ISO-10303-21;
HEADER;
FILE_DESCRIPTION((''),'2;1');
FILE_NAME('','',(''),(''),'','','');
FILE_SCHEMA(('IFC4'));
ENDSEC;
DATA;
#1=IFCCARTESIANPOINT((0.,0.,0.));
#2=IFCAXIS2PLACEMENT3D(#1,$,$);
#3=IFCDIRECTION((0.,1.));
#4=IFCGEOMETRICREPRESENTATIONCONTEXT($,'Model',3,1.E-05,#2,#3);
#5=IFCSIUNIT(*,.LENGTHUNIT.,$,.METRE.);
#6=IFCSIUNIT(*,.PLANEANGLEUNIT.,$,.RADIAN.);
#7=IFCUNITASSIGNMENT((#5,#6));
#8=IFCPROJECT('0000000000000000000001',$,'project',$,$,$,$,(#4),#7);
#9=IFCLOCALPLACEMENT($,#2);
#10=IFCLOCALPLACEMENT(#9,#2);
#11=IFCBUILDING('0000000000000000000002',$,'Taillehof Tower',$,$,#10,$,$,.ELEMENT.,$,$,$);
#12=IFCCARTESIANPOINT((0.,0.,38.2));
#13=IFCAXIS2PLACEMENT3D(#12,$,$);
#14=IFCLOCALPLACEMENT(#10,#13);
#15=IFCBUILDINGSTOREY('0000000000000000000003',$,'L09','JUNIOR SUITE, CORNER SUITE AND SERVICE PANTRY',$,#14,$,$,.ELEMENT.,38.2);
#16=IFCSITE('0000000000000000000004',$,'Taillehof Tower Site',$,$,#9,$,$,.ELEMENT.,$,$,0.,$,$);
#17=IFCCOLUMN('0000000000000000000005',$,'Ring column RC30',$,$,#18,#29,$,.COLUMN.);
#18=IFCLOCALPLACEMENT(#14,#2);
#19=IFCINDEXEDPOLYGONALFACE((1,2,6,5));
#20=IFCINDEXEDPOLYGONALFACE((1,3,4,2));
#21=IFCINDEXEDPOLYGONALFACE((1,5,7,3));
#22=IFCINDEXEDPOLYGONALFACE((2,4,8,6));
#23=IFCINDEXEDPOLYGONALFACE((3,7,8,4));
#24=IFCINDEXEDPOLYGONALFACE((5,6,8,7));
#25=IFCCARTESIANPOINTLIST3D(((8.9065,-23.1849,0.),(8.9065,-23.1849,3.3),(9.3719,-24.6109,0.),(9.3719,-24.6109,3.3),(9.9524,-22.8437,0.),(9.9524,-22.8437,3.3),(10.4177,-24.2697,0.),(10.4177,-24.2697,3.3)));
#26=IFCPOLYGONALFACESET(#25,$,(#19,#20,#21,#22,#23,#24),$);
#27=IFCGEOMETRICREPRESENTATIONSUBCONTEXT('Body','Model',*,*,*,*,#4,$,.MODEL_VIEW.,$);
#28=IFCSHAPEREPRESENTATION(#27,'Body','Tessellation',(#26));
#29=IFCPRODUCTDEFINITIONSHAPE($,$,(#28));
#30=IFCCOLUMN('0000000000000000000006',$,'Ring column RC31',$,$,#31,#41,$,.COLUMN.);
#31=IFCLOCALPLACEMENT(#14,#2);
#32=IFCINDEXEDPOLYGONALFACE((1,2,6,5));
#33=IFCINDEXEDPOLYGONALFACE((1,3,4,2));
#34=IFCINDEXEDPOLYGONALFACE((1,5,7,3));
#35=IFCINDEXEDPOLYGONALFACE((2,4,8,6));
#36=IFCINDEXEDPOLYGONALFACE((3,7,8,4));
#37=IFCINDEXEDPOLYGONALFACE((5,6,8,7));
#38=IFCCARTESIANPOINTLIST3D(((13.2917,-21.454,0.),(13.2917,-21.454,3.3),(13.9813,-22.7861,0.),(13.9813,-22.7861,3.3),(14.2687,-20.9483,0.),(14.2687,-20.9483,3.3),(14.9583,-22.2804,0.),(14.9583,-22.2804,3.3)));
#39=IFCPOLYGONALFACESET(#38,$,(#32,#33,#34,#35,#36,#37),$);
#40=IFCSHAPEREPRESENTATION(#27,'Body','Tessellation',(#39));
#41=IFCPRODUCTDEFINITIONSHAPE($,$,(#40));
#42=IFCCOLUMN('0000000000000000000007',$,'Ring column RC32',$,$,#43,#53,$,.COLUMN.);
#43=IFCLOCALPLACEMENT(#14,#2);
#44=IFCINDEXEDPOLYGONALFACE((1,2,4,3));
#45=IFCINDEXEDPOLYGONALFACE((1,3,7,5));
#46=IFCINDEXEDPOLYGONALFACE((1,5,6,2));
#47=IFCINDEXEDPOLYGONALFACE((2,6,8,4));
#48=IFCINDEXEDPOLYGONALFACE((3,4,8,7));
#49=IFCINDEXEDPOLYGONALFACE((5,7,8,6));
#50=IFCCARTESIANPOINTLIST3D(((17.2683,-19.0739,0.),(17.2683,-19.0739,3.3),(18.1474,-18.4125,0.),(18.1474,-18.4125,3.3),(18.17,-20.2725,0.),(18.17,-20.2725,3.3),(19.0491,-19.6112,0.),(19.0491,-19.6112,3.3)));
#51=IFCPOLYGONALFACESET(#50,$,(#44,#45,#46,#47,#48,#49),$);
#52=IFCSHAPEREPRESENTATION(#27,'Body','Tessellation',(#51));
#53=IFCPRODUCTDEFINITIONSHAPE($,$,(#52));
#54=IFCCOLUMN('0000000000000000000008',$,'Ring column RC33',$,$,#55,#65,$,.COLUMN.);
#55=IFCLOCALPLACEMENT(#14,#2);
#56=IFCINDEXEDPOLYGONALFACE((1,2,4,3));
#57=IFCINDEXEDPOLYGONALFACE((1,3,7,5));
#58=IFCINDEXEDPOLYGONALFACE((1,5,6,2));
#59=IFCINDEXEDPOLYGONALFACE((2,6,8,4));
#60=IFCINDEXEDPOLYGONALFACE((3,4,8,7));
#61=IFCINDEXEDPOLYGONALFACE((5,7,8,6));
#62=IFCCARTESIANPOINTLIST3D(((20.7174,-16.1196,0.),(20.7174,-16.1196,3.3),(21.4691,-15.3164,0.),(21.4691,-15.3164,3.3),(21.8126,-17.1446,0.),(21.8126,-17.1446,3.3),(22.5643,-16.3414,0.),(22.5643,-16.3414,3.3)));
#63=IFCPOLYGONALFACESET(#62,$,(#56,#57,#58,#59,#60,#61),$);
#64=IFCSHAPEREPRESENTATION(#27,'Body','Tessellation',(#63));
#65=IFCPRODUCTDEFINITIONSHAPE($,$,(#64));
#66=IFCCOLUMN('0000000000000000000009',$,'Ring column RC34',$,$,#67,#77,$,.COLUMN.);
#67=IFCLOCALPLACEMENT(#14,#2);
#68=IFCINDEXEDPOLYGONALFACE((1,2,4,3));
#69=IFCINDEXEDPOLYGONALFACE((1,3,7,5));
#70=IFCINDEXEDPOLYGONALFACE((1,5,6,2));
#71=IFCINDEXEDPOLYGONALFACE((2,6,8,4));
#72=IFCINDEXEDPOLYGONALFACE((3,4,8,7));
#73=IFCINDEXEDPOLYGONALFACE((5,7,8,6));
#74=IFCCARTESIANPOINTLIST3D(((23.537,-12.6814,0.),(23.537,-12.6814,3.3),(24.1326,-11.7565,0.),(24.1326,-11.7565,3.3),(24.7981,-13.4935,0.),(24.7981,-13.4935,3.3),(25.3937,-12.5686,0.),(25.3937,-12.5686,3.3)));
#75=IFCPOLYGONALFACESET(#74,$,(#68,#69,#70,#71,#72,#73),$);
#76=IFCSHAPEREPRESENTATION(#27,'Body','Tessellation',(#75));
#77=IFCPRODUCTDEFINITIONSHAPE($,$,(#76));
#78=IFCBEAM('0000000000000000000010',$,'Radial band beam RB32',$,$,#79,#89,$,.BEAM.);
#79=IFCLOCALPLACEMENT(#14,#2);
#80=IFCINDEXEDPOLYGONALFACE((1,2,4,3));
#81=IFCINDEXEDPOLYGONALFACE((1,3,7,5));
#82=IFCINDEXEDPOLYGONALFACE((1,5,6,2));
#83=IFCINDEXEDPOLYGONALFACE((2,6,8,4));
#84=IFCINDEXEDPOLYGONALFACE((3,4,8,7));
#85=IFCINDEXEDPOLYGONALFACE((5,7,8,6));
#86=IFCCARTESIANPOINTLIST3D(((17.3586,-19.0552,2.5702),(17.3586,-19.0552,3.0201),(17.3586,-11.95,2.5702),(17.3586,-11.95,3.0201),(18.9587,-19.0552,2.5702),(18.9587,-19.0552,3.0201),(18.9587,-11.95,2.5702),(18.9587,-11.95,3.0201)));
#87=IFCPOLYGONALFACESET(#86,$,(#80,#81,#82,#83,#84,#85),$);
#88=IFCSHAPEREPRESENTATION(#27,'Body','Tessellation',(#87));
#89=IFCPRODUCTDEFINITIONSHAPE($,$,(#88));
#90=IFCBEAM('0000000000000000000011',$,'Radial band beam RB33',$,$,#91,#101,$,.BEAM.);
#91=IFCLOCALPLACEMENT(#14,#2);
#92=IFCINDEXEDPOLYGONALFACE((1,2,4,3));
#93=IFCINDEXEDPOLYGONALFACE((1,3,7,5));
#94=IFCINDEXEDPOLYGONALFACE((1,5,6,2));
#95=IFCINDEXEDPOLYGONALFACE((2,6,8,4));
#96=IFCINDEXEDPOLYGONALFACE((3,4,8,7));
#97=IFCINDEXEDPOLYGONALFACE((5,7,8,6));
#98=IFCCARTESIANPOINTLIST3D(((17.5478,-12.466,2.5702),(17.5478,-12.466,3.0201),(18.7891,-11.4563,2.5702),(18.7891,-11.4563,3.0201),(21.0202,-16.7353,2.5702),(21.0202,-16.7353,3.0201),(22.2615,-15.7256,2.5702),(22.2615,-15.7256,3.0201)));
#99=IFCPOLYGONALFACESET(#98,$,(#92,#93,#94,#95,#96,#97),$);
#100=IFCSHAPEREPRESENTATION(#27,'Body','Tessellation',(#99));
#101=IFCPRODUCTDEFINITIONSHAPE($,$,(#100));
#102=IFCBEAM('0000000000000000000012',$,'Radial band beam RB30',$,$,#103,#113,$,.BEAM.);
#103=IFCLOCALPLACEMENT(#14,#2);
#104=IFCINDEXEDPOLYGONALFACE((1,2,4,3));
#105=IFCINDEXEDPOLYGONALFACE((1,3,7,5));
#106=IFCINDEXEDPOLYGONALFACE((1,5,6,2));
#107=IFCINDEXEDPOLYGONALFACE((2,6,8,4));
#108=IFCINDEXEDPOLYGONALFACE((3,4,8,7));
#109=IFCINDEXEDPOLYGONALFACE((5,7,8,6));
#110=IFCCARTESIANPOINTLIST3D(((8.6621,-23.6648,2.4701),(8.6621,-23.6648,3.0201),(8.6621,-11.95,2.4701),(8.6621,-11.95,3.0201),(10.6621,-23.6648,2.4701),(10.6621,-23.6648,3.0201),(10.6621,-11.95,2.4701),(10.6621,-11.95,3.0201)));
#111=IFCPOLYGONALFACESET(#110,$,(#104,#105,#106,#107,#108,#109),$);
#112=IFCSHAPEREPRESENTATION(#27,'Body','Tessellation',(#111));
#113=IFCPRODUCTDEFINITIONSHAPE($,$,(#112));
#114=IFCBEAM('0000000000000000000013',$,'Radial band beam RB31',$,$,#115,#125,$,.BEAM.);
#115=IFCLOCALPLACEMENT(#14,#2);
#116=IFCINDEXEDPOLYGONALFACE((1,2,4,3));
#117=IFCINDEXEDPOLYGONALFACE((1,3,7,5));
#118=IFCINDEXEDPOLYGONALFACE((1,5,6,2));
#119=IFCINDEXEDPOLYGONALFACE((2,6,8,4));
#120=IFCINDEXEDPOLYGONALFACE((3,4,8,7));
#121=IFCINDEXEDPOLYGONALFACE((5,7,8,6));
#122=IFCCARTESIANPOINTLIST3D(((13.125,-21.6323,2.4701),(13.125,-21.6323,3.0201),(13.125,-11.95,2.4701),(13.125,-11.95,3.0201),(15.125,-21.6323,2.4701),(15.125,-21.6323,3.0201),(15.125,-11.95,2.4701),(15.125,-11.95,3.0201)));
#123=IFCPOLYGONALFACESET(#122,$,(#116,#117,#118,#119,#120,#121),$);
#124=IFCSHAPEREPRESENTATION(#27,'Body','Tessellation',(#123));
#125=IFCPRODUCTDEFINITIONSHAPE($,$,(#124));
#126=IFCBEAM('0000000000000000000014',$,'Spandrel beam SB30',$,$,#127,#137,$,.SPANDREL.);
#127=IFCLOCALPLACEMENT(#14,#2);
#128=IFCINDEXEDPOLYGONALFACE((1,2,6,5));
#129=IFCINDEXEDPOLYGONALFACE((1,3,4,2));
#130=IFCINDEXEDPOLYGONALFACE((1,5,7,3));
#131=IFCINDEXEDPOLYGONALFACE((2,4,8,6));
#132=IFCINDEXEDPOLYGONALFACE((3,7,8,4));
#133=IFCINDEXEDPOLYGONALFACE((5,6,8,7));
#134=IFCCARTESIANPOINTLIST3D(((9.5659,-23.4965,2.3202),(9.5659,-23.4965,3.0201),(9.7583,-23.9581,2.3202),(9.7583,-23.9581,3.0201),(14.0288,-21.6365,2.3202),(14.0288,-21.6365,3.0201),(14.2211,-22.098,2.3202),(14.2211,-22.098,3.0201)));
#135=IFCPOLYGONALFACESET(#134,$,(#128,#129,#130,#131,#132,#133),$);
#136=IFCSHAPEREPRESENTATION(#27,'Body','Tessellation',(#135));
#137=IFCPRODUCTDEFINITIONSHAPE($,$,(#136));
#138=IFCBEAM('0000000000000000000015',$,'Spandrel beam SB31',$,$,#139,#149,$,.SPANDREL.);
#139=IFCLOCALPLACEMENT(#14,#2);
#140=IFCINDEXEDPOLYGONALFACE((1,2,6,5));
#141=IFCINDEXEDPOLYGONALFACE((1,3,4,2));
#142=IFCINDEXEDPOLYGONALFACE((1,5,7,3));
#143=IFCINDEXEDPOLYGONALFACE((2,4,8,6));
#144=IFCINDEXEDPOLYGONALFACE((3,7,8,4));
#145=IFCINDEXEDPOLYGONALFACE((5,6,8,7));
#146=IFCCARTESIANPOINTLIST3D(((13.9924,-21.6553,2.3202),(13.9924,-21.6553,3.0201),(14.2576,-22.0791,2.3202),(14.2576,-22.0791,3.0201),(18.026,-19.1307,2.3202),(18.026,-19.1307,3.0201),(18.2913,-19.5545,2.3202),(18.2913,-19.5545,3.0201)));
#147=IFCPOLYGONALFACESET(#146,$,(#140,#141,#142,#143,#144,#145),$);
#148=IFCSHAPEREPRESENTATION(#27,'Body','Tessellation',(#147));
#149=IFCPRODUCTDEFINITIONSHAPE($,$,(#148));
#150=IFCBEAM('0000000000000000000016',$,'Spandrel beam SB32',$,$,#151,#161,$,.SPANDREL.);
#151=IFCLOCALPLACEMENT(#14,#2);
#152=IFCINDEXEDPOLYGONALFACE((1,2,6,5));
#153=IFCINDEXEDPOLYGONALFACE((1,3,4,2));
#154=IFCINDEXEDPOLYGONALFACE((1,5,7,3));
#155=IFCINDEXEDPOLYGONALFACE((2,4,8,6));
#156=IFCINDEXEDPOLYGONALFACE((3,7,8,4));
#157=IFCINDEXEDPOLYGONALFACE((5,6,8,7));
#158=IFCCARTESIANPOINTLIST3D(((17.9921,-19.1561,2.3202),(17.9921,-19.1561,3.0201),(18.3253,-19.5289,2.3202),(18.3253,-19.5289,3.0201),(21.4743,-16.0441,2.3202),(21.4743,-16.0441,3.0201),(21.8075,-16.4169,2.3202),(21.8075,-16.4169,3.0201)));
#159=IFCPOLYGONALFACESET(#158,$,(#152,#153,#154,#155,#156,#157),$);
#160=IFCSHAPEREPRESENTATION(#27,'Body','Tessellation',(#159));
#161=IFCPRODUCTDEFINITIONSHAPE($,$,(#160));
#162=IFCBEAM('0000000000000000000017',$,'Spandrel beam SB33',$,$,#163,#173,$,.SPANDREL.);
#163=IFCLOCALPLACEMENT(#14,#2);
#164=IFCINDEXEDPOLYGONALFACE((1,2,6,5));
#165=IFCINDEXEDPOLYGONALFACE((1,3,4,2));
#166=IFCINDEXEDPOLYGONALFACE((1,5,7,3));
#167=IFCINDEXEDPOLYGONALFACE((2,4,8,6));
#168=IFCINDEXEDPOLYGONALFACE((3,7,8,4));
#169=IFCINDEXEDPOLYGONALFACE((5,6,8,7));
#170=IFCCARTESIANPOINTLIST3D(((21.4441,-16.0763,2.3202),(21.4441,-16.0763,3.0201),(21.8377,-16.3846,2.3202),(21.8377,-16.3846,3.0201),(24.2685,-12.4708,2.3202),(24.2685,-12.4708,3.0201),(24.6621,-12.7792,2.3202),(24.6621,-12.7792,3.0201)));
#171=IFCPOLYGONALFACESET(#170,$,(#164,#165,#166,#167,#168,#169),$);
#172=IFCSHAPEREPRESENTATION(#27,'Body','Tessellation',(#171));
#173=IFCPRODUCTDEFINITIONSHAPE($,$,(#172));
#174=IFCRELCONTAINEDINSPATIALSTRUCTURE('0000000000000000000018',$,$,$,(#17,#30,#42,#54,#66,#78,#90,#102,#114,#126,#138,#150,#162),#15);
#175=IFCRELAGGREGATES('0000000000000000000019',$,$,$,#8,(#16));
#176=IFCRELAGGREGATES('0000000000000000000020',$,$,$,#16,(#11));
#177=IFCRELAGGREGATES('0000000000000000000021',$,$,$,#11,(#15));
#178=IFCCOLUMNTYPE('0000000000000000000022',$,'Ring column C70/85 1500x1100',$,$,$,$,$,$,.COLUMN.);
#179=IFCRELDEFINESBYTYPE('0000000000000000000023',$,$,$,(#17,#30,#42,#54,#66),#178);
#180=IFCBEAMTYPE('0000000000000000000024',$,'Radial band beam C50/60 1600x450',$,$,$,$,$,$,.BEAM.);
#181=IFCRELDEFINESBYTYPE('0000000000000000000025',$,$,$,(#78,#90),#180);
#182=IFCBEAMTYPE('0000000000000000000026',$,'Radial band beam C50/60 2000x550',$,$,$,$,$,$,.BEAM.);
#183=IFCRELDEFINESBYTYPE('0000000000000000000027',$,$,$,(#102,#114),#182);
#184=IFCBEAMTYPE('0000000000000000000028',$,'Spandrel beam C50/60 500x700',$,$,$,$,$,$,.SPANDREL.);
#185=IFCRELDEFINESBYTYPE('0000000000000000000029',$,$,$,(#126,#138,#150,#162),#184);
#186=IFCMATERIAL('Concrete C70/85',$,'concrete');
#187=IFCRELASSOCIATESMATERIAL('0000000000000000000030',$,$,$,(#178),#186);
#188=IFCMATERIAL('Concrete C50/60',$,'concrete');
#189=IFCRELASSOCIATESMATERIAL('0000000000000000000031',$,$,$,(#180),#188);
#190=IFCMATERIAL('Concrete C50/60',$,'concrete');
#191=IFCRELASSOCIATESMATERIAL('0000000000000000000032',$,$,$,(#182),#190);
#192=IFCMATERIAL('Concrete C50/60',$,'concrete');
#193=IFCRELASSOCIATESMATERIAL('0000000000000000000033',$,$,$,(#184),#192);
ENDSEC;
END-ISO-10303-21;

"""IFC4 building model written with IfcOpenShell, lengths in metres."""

from ifc_helpers import new_model, si_unit, direction, frame, origin, origin_2d, place, context, subcontext, project, spatial, rectangle, extrude, material, material_profile, profile_set, type_object, element, save


model = new_model("IFC4")

# Units and contexts
model_context = context("Model", 3, precision=1e-05, world=origin(), true_north=direction((0.0, 1.0)))
body_context = subcontext(model_context, "Body", "Model", "MODEL_VIEW")
ifc_project = project(units=[si_unit("LENGTHUNIT", "METRE"), si_unit("PLANEANGLEUNIT", "RADIAN")], contexts=[model_context])

# Site, building, storey
site_placement = place(None, origin())
site = spatial("IfcSite", under=ifc_project, at=site_placement, Name="Taillehof Tower Site", CompositionType="ELEMENT", RefElevation=0.0)
building_placement = place(site_placement, origin())
building = spatial("IfcBuilding", under=site, at=building_placement, Name="Taillehof Tower", CompositionType="ELEMENT")
storey_placement = place(building_placement, frame((0.0, 0.0, 38.2)))
storey = spatial("IfcBuildingStorey", under=building, at=storey_placement, Name="L09", Description="JUNIOR SUITE, CORNER SUITE AND SERVICE PANTRY", CompositionType="ELEMENT", Elevation=38.2)

# Columns
ifc_material_1 = material(Name="Concrete C70/85", Category="concrete")
ifc_material_profile_1 = material_profile(ifc_material_1, rectangle(XDim=1.5, YDim=1.1001, at=origin_2d()), Name="RC 1500x1100")
ifc_profile_set_1 = profile_set([ifc_material_profile_1], Name="Concrete C70/85")
column_type = type_object("IfcColumnType", Name="Ring column C70/85 1500x1100", PredefinedType="COLUMN", material=ifc_profile_set_1)
for number, where, z_axis, x_axis, name in (
    (1, (9.6621, -23.7273, 0.0), (0.0, 0.0, 1.0), (0.310219, -0.950665, 0.0), "Ring column RC30"),
    (2, (14.125, -21.8672, 0.0), (0.0, 0.0, 1.0), (0.459691, -0.888079, 0.0), "Ring column RC31"),
    (3, (18.1587, -19.3425, 0.0), (0.0, 0.0, 1.0), (0.601174, -0.799118, 0.0), "Ring column RC32"),
    (4, (21.6409, -16.2305, 0.0), (0.0, 0.0, 1.0), (0.730113, -0.683326, 0.0), "Ring column RC33"),
    (5, (24.4653, -12.625, 0.0), (0.0, 0.0, 1.0), (0.840754, -0.541418, 0.0), "Ring column RC34"),
):
    element("IfcColumn", number, at=place(storey_placement, frame(where, z_axis=z_axis, x_axis=x_axis)), inside=storey, type_object=column_type, Name=name, PredefinedType="COLUMN", context=body_context, shape_type="SweptSolid", body=[
        extrude(rectangle(XDim=1.5, YDim=1.1001, at=origin_2d()), origin(), (0.0, 0.0, 1.0), 3.3),
    ])

# Beams
ifc_material_2 = material(Name="Concrete C50/60", Category="concrete")
ifc_material_profile_2 = material_profile(ifc_material_2, rectangle(XDim=1.6001, YDim=0.45, at=origin_2d()), Name="RC 1600x450")
ifc_profile_set_2 = profile_set([ifc_material_profile_2], Name="Concrete C50/60")
beam_type_1 = type_object("IfcBeamType", Name="Radial band beam C50/60 1600x450", PredefinedType="BEAM", material=ifc_profile_set_2)
beam_1_placement = place(storey_placement, frame((18.1587, -19.0552, 2.7952), z_axis=(0.0, 1.0, 0.0), x_axis=(-1.0, 0.0, 0.0)))
element("IfcBeam", 6, at=beam_1_placement, inside=storey, type_object=beam_type_1, Name="Radial band beam RB32", PredefinedType="BEAM", context=body_context, shape_type="SweptSolid", body=[
    extrude(rectangle(XDim=1.6001, YDim=0.45, at=origin_2d()), origin(), (0.0, 0.0, 1.0), 7.1052),
])
beam_2_placement = place(storey_placement, frame((21.6409, -16.2305, 2.7952), z_axis=(-0.630988, 0.775792, 0.0), x_axis=(-0.775792, -0.630988, 0.0)))
element("IfcBeam", 7, at=beam_2_placement, inside=storey, type_object=beam_type_1, Name="Radial band beam RB33", PredefinedType="BEAM", context=body_context, shape_type="SweptSolid", body=[
    extrude(rectangle(XDim=1.6001, YDim=0.45, at=origin_2d()), origin(), (0.0, 0.0, 1.0), 5.5032),
])
ifc_material_3 = material(Name="Concrete C50/60", Category="concrete")
ifc_material_profile_3 = material_profile(ifc_material_3, rectangle(XDim=2.0, YDim=0.55, at=origin_2d()), Name="RC 2000x550")
ifc_profile_set_3 = profile_set([ifc_material_profile_3], Name="Concrete C50/60")
beam_type_2 = type_object("IfcBeamType", Name="Radial band beam C50/60 2000x550", PredefinedType="BEAM", material=ifc_profile_set_3)
beam_3_placement = place(storey_placement, frame((9.6621, -23.6648, 2.7451), z_axis=(0.0, 1.0, 0.0), x_axis=(-1.0, 0.0, 0.0)))
element("IfcBeam", 8, at=beam_3_placement, inside=storey, type_object=beam_type_2, Name="Radial band beam RB30", PredefinedType="BEAM", context=body_context, shape_type="SweptSolid", body=[
    extrude(rectangle(XDim=2.0, YDim=0.55, at=origin_2d()), origin(), (0.0, 0.0, 1.0), 11.7148),
])
beam_4_placement = place(storey_placement, frame((14.125, -21.6323, 2.7451), z_axis=(0.0, 1.0, 0.0), x_axis=(-1.0, 0.0, 0.0)))
element("IfcBeam", 9, at=beam_4_placement, inside=storey, type_object=beam_type_2, Name="Radial band beam RB31", PredefinedType="BEAM", context=body_context, shape_type="SweptSolid", body=[
    extrude(rectangle(XDim=2.0, YDim=0.55, at=origin_2d()), origin(), (0.0, 0.0, 1.0), 9.6824),
])
ifc_material_4 = material(Name="Concrete C50/60", Category="concrete")
ifc_material_profile_4 = material_profile(ifc_material_4, rectangle(XDim=0.5, YDim=0.7, at=origin_2d()), Name="RC 500x700")
ifc_profile_set_4 = profile_set([ifc_material_profile_4], Name="Concrete C50/60")
beam_type_3 = type_object("IfcBeamType", Name="Spandrel beam C50/60 500x700", PredefinedType="SPANDREL", material=ifc_profile_set_4)
beam_5_placement = place(storey_placement, frame((9.6621, -23.7273, 2.6702), z_axis=(0.923035, 0.384716, 0.0), x_axis=(-0.384716, 0.923035, 0.0)))
element("IfcBeam", 10, at=beam_5_placement, inside=storey, type_object=beam_type_3, Name="Spandrel beam SB30", PredefinedType="SPANDREL", context=body_context, shape_type="SweptSolid", body=[
    extrude(rectangle(XDim=0.5, YDim=0.7, at=origin_2d()), origin(), (0.0, 0.0, 1.0), 4.835),
])
beam_6_placement = place(storey_placement, frame((14.125, -21.8672, 2.6702), z_axis=(0.847658, 0.530543, 0.0), x_axis=(-0.530543, 0.847658, 0.0)))
element("IfcBeam", 11, at=beam_6_placement, inside=storey, type_object=beam_type_3, Name="Spandrel beam SB31", PredefinedType="SPANDREL", context=body_context, shape_type="SweptSolid", body=[
    extrude(rectangle(XDim=0.5, YDim=0.7, at=origin_2d()), origin(), (0.0, 0.0, 1.0), 4.7585),
])
beam_7_placement = place(storey_placement, frame((18.1587, -19.3425, 2.6702), z_axis=(0.745621, 0.66637, 0.0), x_axis=(-0.66637, 0.745621, 0.0)))
element("IfcBeam", 12, at=beam_7_placement, inside=storey, type_object=beam_type_3, Name="Spandrel beam SB32", PredefinedType="SPANDREL", context=body_context, shape_type="SweptSolid", body=[
    extrude(rectangle(XDim=0.5, YDim=0.7, at=origin_2d()), origin(), (0.0, 0.0, 1.0), 4.6702),
])
beam_8_placement = place(storey_placement, frame((21.6409, -16.2305, 2.6702), z_axis=(0.616686, 0.787209, 0.0), x_axis=(-0.787209, 0.616686, 0.0)))
element("IfcBeam", 13, at=beam_8_placement, inside=storey, type_object=beam_type_3, Name="Spandrel beam SB33", PredefinedType="SPANDREL", context=body_context, shape_type="SweptSolid", body=[
    extrude(rectangle(XDim=0.5, YDim=0.7, at=origin_2d()), origin(), (0.0, 0.0, 1.0), 4.5801),
])

save(model, "model.ifc")
